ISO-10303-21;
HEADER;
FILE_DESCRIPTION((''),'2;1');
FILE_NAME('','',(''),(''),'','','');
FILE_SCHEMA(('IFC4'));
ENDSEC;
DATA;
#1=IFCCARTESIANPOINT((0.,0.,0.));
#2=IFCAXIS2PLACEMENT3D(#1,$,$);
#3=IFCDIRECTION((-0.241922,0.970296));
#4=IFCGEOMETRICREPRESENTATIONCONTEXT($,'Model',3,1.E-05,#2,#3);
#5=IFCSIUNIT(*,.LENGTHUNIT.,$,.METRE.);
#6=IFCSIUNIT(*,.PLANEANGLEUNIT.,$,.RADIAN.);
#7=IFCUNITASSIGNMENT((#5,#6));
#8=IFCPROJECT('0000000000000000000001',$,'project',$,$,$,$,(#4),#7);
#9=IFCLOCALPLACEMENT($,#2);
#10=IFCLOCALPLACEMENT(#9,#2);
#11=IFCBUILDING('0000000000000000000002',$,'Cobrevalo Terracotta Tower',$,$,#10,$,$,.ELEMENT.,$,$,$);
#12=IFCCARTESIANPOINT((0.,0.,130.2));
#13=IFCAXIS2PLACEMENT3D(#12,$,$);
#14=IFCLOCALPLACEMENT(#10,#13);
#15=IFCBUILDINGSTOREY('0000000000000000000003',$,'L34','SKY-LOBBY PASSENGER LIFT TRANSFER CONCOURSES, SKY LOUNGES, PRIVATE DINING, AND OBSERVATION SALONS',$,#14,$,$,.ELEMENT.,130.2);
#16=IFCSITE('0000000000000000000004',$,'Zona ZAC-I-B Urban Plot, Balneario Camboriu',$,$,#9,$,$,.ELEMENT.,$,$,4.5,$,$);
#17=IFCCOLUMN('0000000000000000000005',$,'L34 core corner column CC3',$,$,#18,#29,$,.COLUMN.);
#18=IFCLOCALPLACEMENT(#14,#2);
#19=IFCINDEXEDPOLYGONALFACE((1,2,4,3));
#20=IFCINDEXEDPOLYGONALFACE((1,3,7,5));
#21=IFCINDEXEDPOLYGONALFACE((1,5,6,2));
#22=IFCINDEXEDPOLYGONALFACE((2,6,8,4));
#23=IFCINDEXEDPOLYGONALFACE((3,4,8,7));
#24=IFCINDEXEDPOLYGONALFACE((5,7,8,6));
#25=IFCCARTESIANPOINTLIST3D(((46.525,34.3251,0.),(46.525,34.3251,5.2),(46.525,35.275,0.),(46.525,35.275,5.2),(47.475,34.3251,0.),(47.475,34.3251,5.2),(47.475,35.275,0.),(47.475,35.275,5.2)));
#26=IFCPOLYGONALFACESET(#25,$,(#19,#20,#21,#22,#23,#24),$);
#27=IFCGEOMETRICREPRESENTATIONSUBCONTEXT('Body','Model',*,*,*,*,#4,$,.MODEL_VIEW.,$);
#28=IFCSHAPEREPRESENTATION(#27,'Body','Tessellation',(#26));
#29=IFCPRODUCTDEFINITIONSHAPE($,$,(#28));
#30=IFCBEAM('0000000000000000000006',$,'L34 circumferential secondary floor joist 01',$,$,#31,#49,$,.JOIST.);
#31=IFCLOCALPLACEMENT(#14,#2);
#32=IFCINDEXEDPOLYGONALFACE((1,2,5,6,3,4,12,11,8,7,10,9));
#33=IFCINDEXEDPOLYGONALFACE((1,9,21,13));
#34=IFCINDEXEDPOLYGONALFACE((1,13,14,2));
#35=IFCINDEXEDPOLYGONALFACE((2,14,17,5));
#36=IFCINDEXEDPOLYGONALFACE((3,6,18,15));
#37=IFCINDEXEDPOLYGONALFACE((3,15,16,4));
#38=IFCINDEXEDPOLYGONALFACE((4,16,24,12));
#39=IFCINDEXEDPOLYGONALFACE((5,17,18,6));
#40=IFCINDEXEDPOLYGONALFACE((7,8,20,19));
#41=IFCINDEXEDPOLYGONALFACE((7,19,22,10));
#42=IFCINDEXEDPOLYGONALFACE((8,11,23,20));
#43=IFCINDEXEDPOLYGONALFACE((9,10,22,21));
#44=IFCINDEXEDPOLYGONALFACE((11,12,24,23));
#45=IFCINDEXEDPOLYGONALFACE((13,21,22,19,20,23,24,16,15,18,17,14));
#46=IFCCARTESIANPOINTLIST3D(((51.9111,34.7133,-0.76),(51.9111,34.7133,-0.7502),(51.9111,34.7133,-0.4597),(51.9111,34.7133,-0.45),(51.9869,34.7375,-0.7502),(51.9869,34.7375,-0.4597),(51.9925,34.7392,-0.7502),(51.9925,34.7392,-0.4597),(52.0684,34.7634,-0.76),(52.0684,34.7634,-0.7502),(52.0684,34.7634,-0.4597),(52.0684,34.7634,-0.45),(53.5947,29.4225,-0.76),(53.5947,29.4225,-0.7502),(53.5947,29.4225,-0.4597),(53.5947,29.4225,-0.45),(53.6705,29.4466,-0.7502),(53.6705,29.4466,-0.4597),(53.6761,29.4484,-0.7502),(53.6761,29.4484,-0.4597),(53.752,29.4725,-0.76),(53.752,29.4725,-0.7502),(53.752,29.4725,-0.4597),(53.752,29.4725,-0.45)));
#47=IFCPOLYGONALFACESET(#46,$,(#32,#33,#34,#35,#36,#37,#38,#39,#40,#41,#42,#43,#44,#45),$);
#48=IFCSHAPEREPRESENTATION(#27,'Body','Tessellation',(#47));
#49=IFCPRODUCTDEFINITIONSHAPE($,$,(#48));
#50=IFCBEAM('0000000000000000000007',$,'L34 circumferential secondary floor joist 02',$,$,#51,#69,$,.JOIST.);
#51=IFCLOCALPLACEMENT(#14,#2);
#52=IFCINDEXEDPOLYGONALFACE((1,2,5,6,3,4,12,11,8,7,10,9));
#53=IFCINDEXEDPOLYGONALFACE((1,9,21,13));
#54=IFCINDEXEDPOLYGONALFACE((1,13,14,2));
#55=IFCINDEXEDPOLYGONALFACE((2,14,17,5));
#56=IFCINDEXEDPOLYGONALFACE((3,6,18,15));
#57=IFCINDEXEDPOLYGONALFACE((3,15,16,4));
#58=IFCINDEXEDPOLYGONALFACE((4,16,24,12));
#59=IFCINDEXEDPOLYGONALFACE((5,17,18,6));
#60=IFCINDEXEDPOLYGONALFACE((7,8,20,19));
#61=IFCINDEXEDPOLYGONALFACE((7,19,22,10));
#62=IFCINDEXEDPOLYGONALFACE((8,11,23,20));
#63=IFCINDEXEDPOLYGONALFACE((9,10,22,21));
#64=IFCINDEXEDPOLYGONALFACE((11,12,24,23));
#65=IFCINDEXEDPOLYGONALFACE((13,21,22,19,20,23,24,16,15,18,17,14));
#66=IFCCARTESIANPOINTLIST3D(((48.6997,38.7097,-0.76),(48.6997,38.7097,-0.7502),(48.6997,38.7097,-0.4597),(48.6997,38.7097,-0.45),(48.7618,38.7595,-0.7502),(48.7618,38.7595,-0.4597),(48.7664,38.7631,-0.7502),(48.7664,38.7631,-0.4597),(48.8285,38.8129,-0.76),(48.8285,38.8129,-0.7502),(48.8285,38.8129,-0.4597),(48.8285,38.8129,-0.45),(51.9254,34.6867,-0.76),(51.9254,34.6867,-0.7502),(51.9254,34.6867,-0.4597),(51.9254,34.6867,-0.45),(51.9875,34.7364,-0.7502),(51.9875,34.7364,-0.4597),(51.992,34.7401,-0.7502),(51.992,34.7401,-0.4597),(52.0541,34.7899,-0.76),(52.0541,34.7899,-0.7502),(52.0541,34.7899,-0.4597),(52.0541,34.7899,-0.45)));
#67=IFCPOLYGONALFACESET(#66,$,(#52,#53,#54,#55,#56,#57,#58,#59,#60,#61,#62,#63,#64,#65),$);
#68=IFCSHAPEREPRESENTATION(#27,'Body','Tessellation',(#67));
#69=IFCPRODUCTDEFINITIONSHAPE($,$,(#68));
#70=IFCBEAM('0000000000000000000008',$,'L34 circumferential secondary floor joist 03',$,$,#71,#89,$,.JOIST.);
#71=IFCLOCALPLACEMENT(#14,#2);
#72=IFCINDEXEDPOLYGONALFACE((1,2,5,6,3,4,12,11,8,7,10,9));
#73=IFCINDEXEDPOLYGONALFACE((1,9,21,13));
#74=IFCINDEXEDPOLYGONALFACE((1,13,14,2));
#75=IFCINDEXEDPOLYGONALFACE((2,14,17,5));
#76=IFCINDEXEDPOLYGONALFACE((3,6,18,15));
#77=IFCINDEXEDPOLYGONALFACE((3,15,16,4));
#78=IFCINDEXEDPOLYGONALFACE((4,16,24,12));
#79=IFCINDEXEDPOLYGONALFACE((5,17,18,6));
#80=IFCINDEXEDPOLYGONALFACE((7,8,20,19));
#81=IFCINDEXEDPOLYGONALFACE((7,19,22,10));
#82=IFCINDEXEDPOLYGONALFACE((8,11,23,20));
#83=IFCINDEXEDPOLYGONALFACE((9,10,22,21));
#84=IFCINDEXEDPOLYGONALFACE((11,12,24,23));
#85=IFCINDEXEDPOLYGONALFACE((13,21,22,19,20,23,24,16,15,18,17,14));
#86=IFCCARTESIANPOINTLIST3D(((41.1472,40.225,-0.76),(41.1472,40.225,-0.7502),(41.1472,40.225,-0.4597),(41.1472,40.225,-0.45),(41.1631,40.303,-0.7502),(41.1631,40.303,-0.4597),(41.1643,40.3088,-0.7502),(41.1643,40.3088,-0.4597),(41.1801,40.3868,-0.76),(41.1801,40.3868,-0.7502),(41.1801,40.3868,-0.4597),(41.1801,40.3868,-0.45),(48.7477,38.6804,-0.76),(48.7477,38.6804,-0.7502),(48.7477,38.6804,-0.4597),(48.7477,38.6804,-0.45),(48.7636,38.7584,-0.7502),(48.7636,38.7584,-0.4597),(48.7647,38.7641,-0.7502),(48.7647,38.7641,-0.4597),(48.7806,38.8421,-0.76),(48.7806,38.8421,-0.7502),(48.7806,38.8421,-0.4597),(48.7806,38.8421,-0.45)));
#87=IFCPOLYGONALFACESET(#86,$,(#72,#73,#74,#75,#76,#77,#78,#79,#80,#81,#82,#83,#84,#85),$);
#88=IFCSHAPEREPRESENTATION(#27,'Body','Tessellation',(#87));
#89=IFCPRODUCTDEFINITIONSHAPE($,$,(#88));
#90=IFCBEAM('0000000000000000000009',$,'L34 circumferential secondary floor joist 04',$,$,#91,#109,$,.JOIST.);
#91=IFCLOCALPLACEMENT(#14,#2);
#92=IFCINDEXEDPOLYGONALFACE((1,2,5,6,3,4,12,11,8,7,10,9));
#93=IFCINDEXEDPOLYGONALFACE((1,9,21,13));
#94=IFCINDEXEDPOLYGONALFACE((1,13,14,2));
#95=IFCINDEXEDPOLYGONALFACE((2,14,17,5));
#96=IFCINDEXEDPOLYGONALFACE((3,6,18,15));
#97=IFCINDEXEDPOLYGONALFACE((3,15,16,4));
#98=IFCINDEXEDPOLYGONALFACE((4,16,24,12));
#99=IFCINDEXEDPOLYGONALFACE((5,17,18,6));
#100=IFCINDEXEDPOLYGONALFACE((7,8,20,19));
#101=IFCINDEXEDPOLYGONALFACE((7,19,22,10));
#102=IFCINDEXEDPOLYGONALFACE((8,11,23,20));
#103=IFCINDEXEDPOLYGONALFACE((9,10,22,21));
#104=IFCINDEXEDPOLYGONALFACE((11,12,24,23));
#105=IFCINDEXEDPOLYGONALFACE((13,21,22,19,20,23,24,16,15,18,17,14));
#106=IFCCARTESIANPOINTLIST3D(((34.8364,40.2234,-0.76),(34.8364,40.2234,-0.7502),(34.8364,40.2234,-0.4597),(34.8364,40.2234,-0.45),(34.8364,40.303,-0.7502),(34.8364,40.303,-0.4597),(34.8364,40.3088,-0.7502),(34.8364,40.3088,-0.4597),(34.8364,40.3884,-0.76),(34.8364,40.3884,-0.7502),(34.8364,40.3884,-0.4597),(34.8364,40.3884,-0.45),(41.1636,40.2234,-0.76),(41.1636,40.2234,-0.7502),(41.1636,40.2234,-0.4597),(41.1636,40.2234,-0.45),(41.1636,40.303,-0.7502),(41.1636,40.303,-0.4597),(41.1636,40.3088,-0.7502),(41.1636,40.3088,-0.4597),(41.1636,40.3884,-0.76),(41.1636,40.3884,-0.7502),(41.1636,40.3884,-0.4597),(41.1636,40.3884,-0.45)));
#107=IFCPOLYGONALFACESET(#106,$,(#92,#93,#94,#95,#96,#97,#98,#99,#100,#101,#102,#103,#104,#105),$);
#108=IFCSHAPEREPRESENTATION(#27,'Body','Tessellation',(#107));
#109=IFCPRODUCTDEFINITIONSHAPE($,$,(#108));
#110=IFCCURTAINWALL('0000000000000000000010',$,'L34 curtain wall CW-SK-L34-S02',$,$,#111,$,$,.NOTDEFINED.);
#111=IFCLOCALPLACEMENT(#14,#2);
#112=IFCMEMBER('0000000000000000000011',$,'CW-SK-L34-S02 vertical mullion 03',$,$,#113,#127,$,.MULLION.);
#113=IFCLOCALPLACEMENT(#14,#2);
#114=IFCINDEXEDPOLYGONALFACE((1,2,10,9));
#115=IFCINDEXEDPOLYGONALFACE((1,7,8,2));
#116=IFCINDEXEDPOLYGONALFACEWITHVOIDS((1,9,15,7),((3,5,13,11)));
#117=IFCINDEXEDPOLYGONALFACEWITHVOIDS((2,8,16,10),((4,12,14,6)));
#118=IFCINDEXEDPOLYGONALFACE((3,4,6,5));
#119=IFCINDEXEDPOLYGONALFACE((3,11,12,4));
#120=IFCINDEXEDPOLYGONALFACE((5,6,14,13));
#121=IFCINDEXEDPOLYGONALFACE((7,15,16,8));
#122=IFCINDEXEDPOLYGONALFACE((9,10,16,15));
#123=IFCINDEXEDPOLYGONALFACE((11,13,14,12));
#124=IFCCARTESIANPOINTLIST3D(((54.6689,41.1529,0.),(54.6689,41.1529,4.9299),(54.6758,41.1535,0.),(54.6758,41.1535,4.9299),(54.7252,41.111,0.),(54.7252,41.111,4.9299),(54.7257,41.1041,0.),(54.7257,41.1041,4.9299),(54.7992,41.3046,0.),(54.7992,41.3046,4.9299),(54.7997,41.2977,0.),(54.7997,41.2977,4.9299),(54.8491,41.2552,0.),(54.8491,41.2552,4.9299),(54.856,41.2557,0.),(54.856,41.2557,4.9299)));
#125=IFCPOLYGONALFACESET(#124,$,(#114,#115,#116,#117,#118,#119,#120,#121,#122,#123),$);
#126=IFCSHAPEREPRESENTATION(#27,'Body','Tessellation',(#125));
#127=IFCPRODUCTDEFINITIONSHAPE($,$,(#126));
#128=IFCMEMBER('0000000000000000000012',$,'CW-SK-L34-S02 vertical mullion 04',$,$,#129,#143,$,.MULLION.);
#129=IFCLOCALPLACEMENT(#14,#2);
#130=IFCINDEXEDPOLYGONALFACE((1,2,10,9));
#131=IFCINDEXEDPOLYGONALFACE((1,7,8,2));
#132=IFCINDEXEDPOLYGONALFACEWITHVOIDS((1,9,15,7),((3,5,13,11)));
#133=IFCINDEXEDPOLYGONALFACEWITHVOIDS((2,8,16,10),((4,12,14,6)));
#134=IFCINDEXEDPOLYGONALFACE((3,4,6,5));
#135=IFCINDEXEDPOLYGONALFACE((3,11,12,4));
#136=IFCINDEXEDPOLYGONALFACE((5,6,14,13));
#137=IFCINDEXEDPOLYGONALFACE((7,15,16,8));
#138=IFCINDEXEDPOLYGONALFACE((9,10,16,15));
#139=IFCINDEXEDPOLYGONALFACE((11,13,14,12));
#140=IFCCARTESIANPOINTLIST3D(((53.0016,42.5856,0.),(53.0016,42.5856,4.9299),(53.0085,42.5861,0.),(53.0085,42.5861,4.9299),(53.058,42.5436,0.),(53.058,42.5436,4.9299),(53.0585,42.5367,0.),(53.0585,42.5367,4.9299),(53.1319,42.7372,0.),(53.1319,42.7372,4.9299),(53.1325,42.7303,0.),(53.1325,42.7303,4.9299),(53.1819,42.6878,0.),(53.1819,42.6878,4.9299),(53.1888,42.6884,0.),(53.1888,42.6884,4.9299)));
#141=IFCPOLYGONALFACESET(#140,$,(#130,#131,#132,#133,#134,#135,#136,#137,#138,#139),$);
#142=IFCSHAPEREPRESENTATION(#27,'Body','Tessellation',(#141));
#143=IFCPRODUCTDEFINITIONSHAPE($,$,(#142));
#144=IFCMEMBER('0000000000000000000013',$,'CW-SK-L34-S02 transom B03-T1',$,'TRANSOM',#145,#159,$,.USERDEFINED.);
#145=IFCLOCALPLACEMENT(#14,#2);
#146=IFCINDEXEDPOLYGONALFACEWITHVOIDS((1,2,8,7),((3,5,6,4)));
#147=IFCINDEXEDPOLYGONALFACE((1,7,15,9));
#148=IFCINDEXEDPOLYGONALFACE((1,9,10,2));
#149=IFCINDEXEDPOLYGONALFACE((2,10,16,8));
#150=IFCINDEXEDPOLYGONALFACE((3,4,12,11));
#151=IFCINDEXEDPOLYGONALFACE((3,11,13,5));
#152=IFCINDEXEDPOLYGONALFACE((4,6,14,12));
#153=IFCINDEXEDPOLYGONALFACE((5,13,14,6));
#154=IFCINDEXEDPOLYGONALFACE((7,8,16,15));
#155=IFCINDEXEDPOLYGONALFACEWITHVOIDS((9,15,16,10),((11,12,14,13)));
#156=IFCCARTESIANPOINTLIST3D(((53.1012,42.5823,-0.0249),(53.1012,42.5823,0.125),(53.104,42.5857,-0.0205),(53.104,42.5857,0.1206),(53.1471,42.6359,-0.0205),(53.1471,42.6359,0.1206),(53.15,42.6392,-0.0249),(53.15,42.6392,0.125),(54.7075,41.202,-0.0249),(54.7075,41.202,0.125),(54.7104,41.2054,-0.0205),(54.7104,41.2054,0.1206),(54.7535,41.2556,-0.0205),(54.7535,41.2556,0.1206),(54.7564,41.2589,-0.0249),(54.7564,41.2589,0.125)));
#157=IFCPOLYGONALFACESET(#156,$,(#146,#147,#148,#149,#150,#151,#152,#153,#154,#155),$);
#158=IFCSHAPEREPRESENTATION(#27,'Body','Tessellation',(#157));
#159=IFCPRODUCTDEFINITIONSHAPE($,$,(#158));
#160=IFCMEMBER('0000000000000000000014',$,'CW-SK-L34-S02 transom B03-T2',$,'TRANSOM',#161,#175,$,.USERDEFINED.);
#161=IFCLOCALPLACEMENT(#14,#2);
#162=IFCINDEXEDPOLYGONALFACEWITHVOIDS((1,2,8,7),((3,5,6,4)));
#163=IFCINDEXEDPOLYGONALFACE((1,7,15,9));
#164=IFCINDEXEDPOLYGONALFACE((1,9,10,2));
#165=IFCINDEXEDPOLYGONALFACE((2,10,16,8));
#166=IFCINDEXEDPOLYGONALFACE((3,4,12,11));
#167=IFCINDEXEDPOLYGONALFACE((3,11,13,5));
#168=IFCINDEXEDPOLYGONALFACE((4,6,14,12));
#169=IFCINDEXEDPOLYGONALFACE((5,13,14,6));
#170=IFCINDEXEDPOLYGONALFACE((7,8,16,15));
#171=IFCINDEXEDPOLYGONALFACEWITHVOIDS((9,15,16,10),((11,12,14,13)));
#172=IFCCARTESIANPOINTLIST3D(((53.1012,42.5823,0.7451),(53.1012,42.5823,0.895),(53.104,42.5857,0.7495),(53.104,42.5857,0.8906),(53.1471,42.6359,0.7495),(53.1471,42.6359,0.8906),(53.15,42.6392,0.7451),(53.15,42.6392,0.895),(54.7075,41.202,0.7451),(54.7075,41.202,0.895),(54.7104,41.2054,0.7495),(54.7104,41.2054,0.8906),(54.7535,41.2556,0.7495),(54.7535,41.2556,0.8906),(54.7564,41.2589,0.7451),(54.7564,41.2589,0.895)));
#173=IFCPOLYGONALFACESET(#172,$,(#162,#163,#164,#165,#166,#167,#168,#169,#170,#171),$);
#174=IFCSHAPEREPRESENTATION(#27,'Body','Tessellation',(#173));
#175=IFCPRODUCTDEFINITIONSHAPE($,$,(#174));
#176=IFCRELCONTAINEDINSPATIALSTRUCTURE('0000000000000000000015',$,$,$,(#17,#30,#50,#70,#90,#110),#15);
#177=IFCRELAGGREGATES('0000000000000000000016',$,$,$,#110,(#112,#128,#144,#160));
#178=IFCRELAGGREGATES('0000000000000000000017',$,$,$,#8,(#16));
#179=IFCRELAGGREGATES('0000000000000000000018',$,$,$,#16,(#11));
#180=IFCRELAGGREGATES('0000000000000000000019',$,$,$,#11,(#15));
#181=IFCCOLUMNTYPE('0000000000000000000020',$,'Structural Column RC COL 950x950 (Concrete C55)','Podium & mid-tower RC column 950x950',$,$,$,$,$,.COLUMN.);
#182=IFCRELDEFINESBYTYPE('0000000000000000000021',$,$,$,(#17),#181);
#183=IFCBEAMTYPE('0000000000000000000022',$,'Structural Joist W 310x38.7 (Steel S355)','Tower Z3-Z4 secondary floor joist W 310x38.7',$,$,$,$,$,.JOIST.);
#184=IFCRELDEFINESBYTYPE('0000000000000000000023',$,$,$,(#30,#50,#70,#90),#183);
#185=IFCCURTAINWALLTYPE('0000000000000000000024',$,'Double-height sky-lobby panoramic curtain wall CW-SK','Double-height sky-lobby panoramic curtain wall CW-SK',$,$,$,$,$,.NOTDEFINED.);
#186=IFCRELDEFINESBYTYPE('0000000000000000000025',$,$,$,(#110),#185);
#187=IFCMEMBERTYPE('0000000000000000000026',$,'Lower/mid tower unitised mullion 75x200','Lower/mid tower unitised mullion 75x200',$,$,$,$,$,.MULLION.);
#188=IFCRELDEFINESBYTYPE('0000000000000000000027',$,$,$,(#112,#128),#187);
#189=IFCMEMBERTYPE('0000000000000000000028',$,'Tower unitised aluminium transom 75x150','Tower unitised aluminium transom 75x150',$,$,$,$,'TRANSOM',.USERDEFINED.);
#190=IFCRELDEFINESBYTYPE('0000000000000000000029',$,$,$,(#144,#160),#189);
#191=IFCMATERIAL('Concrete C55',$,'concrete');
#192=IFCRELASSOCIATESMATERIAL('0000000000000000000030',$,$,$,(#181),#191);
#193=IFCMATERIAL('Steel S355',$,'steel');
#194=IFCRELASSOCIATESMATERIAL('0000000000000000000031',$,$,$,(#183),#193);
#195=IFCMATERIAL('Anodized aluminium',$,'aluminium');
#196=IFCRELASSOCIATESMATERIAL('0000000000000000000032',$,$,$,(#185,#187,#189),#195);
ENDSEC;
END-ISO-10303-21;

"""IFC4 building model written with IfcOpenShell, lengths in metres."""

from ifc_helpers import new_model, si_unit, direction, frame, origin, origin_2d, place, context, subcontext, project, spatial, rectangle, hollow_rectangle, i_section, extrude, source, transform, mapped, material, material_profile, profile_set, type_object, element, aggregate, save


model = new_model("IFC4")

# Units and contexts
model_context = context("Model", 3, precision=1e-05, world=origin(), true_north=direction((-0.241922, 0.970296)))
body_context = subcontext(model_context, "Body", "Model", "MODEL_VIEW")
ifc_project = project(units=[si_unit("LENGTHUNIT", "METRE"), si_unit("PLANEANGLEUNIT", "RADIAN")], contexts=[model_context])

# Site, building, storey
site_placement = place(None, origin())
site = spatial("IfcSite", under=ifc_project, at=site_placement, Name="Zona ZAC-I-B Urban Plot, Balneario Camboriu", CompositionType="ELEMENT", RefElevation=4.5)
building_placement = place(site_placement, origin())
building = spatial("IfcBuilding", under=site, at=building_placement, Name="Cobrevalo Terracotta Tower", CompositionType="ELEMENT")
storey_placement = place(building_placement, frame((0.0, 0.0, 130.2)))
storey = spatial("IfcBuildingStorey", under=building, at=storey_placement, Name="L34", Description="SKY-LOBBY PASSENGER LIFT TRANSFER CONCOURSES, SKY LOUNGES, PRIVATE DINING, AND OBSERVATION SALONS", CompositionType="ELEMENT", Elevation=130.2)

# Column
ifc_material_1 = material(Name="Concrete C55", Category="concrete")
ifc_material_profile_1 = material_profile(ifc_material_1, rectangle(XDim=0.95, YDim=0.95, at=origin_2d()), Name="RC COL 950x950")
ifc_profile_set_1 = profile_set([ifc_material_profile_1], Name="Concrete C55")
column_type = type_object("IfcColumnType", Name="Structural Column RC COL 950x950 (Concrete C55)", Description="Podium & mid-tower RC column 950x950", PredefinedType="COLUMN", material=ifc_profile_set_1)
column_placement = place(storey_placement, frame((47.0, 34.8, 0.0), z_axis=(0.0, 0.0, 1.0), x_axis=(1.0, 0.0, 0.0)))
element("IfcColumn", 1, at=column_placement, inside=storey, type_object=column_type, Name="L34 core corner column CC3", PredefinedType="COLUMN", context=body_context, shape_type="SweptSolid", body=[
    extrude(rectangle(XDim=0.95, YDim=0.95, at=origin_2d()), origin(), (0.0, 0.0, 1.0), 5.2),
])

# Beams
ifc_material_2 = material(Name="Steel S355", Category="steel")
ifc_material_profile_2 = material_profile(ifc_material_2, i_section(OverallWidth=0.165, OverallDepth=0.3101, WebThickness=0.0059, FlangeThickness=0.0098, at=origin_2d()), Name="W 310x38.7")
ifc_profile_set_2 = profile_set([ifc_material_profile_2], Name="Steel S355")
beam_type = type_object("IfcBeamType", Name="Structural Joist W 310x38.7 (Steel S355)", Description="Tower Z3-Z4 secondary floor joist W 310x38.7", PredefinedType="JOIST", material=ifc_profile_set_2)
beam_1_placement = place(storey_placement, frame((53.6733, 29.4475, -0.605), z_axis=(-0.303231, 0.952917, 0.0), x_axis=(-0.952917, -0.303231, 0.0)))
element("IfcBeam", 2, at=beam_1_placement, inside=storey, type_object=beam_type, Name="L34 circumferential secondary floor joist 01", PredefinedType="JOIST", context=body_context, shape_type="SweptSolid", body=[
    extrude(i_section(OverallWidth=0.165, OverallDepth=0.3101, WebThickness=0.0059, FlangeThickness=0.0098, at=origin_2d()), origin(), (0.0, 0.0, 1.0), 5.5522),
])
beam_2_placement = place(storey_placement, frame((51.9897, 34.7383, -0.605), z_axis=(-0.625549, 0.780185, 0.0), x_axis=(-0.780185, -0.625549, 0.0)))
element("IfcBeam", 3, at=beam_2_placement, inside=storey, type_object=beam_type, Name="L34 circumferential secondary floor joist 02", PredefinedType="JOIST", context=body_context, shape_type="SweptSolid", body=[
    extrude(i_section(OverallWidth=0.165, OverallDepth=0.3101, WebThickness=0.0059, FlangeThickness=0.0098, at=origin_2d()), origin(), (0.0, 0.0, 1.0), 5.1565),
])
beam_3_placement = place(storey_placement, frame((48.7642, 38.7612, -0.605), z_axis=(-0.979967, 0.19916, 0.0), x_axis=(-0.19916, -0.979967, 0.0)))
element("IfcBeam", 4, at=beam_3_placement, inside=storey, type_object=beam_type, Name="L34 circumferential secondary floor joist 03", PredefinedType="JOIST", context=body_context, shape_type="SweptSolid", body=[
    extrude(i_section(OverallWidth=0.165, OverallDepth=0.3101, WebThickness=0.0059, FlangeThickness=0.0098, at=origin_2d()), origin(), (0.0, 0.0, 1.0), 7.7559),
])
beam_4_placement = place(storey_placement, frame((41.1636, 40.3059, -0.605), z_axis=(-1.0, 0.0, 0.0), x_axis=(0.0, -1.0, 0.0)))
element("IfcBeam", 5, at=beam_4_placement, inside=storey, type_object=beam_type, Name="L34 circumferential secondary floor joist 04", PredefinedType="JOIST", context=body_context, shape_type="SweptSolid", body=[
    extrude(i_section(OverallWidth=0.165, OverallDepth=0.3101, WebThickness=0.0059, FlangeThickness=0.0098, at=origin_2d()), origin(), (0.0, 0.0, 1.0), 6.3271),
])

# Curtain wall, members
ifc_material_3 = material(Name="Anodized aluminium", Category="aluminium")
curtain_wall_type = type_object("IfcCurtainWallType", Name="Double-height sky-lobby panoramic curtain wall CW-SK", Description="Double-height sky-lobby panoramic curtain wall CW-SK", PredefinedType="NOTDEFINED", material=ifc_material_3)
curtain_wall_placement = place(storey_placement, origin())
curtain_wall = element("IfcCurtainWall", 6, at=curtain_wall_placement, inside=storey, type_object=curtain_wall_type, Name="L34 curtain wall CW-SK-L34-S02", PredefinedType="NOTDEFINED")
ifc_material_profile_3 = material_profile(ifc_material_3, hollow_rectangle(XDim=0.075, YDim=0.2, WallThickness=0.0049, at=origin_2d()), Name="CWM 75x200")
ifc_profile_set_3 = profile_set([ifc_material_profile_3], Name="Anodized aluminium")
member_type_1 = type_object("IfcMemberType", Name="Lower/mid tower unitised mullion 75x200", Description="Lower/mid tower unitised mullion 75x200", PredefinedType="MULLION", material=ifc_profile_set_3)
shared_shape_1 = source(origin(), body_context, "Body", "SweptSolid", [
    extrude(hollow_rectangle(XDim=0.075, YDim=0.2, WallThickness=0.0049, at=origin_2d()), origin(), (0.0, 0.0, 1.0), 4.9299),
])
member_1_placement = place(storey_placement, frame((54.7625, 41.2043, 0.0), z_axis=(0.0, 0.0, 1.0), x_axis=(-0.758442, 0.651741, 0.0)))
member_1 = element("IfcMember", 7, at=member_1_placement, type_object=member_type_1, Name="CW-SK-L34-S02 vertical mullion 03", PredefinedType="MULLION", context=body_context, shape_type="MappedRepresentation", body=[
    mapped(shared_shape_1, transform((0.0, 0.0, 0.0), scale=1.0)),
])
member_2_placement = place(storey_placement, frame((53.0952, 42.637, 0.0), z_axis=(0.0, 0.0, 1.0), x_axis=(-0.758442, 0.651741, 0.0)))
member_2 = element("IfcMember", 8, at=member_2_placement, type_object=member_type_1, Name="CW-SK-L34-S02 vertical mullion 04", PredefinedType="MULLION", context=body_context, shape_type="MappedRepresentation", body=[
    mapped(shared_shape_1, transform((0.0, 0.0, 0.0), scale=1.0)),
])
ifc_material_profile_4 = material_profile(ifc_material_3, hollow_rectangle(XDim=0.075, YDim=0.1499, WallThickness=0.0044, at=origin_2d()), Name="CWT 75x150")
ifc_profile_set_4 = profile_set([ifc_material_profile_4], Name="Anodized aluminium")
member_type_2 = type_object("IfcMemberType", Name="Tower unitised aluminium transom 75x150", Description="Tower unitised aluminium transom 75x150", ElementType="TRANSOM", PredefinedType="USERDEFINED", material=ifc_profile_set_4)
shared_shape_2 = source(origin(), body_context, "Body", "SweptSolid", [
    extrude(hollow_rectangle(XDim=0.075, YDim=0.1499, WallThickness=0.0044, at=origin_2d()), origin(), (0.0, 0.0, 1.0), 2.1179),
])
member_3_placement = place(storey_placement, frame((54.7319, 41.2305, 0.05), z_axis=(-0.758459, 0.651721, 0.0), x_axis=(-0.651721, -0.758459, 0.0)))
member_3 = element("IfcMember", 9, at=member_3_placement, type_object=member_type_2, Name="CW-SK-L34-S02 transom B03-T1", ObjectType="TRANSOM", PredefinedType="USERDEFINED", context=body_context, shape_type="MappedRepresentation", body=[
    mapped(shared_shape_2, transform((0.0, 0.0, 0.0), scale=1.0)),
])
member_4_placement = place(storey_placement, frame((54.7319, 41.2305, 0.8201), z_axis=(-0.758459, 0.651721, 0.0), x_axis=(-0.651721, -0.758459, 0.0)))
member_4 = element("IfcMember", 10, at=member_4_placement, type_object=member_type_2, Name="CW-SK-L34-S02 transom B03-T2", ObjectType="TRANSOM", PredefinedType="USERDEFINED", context=body_context, shape_type="MappedRepresentation", body=[
    mapped(shared_shape_2, transform((0.0, 0.0, 0.0), scale=1.0)),
])
aggregate(curtain_wall, [member_1, member_2, member_3, member_4])

save(model, "model.ifc")
